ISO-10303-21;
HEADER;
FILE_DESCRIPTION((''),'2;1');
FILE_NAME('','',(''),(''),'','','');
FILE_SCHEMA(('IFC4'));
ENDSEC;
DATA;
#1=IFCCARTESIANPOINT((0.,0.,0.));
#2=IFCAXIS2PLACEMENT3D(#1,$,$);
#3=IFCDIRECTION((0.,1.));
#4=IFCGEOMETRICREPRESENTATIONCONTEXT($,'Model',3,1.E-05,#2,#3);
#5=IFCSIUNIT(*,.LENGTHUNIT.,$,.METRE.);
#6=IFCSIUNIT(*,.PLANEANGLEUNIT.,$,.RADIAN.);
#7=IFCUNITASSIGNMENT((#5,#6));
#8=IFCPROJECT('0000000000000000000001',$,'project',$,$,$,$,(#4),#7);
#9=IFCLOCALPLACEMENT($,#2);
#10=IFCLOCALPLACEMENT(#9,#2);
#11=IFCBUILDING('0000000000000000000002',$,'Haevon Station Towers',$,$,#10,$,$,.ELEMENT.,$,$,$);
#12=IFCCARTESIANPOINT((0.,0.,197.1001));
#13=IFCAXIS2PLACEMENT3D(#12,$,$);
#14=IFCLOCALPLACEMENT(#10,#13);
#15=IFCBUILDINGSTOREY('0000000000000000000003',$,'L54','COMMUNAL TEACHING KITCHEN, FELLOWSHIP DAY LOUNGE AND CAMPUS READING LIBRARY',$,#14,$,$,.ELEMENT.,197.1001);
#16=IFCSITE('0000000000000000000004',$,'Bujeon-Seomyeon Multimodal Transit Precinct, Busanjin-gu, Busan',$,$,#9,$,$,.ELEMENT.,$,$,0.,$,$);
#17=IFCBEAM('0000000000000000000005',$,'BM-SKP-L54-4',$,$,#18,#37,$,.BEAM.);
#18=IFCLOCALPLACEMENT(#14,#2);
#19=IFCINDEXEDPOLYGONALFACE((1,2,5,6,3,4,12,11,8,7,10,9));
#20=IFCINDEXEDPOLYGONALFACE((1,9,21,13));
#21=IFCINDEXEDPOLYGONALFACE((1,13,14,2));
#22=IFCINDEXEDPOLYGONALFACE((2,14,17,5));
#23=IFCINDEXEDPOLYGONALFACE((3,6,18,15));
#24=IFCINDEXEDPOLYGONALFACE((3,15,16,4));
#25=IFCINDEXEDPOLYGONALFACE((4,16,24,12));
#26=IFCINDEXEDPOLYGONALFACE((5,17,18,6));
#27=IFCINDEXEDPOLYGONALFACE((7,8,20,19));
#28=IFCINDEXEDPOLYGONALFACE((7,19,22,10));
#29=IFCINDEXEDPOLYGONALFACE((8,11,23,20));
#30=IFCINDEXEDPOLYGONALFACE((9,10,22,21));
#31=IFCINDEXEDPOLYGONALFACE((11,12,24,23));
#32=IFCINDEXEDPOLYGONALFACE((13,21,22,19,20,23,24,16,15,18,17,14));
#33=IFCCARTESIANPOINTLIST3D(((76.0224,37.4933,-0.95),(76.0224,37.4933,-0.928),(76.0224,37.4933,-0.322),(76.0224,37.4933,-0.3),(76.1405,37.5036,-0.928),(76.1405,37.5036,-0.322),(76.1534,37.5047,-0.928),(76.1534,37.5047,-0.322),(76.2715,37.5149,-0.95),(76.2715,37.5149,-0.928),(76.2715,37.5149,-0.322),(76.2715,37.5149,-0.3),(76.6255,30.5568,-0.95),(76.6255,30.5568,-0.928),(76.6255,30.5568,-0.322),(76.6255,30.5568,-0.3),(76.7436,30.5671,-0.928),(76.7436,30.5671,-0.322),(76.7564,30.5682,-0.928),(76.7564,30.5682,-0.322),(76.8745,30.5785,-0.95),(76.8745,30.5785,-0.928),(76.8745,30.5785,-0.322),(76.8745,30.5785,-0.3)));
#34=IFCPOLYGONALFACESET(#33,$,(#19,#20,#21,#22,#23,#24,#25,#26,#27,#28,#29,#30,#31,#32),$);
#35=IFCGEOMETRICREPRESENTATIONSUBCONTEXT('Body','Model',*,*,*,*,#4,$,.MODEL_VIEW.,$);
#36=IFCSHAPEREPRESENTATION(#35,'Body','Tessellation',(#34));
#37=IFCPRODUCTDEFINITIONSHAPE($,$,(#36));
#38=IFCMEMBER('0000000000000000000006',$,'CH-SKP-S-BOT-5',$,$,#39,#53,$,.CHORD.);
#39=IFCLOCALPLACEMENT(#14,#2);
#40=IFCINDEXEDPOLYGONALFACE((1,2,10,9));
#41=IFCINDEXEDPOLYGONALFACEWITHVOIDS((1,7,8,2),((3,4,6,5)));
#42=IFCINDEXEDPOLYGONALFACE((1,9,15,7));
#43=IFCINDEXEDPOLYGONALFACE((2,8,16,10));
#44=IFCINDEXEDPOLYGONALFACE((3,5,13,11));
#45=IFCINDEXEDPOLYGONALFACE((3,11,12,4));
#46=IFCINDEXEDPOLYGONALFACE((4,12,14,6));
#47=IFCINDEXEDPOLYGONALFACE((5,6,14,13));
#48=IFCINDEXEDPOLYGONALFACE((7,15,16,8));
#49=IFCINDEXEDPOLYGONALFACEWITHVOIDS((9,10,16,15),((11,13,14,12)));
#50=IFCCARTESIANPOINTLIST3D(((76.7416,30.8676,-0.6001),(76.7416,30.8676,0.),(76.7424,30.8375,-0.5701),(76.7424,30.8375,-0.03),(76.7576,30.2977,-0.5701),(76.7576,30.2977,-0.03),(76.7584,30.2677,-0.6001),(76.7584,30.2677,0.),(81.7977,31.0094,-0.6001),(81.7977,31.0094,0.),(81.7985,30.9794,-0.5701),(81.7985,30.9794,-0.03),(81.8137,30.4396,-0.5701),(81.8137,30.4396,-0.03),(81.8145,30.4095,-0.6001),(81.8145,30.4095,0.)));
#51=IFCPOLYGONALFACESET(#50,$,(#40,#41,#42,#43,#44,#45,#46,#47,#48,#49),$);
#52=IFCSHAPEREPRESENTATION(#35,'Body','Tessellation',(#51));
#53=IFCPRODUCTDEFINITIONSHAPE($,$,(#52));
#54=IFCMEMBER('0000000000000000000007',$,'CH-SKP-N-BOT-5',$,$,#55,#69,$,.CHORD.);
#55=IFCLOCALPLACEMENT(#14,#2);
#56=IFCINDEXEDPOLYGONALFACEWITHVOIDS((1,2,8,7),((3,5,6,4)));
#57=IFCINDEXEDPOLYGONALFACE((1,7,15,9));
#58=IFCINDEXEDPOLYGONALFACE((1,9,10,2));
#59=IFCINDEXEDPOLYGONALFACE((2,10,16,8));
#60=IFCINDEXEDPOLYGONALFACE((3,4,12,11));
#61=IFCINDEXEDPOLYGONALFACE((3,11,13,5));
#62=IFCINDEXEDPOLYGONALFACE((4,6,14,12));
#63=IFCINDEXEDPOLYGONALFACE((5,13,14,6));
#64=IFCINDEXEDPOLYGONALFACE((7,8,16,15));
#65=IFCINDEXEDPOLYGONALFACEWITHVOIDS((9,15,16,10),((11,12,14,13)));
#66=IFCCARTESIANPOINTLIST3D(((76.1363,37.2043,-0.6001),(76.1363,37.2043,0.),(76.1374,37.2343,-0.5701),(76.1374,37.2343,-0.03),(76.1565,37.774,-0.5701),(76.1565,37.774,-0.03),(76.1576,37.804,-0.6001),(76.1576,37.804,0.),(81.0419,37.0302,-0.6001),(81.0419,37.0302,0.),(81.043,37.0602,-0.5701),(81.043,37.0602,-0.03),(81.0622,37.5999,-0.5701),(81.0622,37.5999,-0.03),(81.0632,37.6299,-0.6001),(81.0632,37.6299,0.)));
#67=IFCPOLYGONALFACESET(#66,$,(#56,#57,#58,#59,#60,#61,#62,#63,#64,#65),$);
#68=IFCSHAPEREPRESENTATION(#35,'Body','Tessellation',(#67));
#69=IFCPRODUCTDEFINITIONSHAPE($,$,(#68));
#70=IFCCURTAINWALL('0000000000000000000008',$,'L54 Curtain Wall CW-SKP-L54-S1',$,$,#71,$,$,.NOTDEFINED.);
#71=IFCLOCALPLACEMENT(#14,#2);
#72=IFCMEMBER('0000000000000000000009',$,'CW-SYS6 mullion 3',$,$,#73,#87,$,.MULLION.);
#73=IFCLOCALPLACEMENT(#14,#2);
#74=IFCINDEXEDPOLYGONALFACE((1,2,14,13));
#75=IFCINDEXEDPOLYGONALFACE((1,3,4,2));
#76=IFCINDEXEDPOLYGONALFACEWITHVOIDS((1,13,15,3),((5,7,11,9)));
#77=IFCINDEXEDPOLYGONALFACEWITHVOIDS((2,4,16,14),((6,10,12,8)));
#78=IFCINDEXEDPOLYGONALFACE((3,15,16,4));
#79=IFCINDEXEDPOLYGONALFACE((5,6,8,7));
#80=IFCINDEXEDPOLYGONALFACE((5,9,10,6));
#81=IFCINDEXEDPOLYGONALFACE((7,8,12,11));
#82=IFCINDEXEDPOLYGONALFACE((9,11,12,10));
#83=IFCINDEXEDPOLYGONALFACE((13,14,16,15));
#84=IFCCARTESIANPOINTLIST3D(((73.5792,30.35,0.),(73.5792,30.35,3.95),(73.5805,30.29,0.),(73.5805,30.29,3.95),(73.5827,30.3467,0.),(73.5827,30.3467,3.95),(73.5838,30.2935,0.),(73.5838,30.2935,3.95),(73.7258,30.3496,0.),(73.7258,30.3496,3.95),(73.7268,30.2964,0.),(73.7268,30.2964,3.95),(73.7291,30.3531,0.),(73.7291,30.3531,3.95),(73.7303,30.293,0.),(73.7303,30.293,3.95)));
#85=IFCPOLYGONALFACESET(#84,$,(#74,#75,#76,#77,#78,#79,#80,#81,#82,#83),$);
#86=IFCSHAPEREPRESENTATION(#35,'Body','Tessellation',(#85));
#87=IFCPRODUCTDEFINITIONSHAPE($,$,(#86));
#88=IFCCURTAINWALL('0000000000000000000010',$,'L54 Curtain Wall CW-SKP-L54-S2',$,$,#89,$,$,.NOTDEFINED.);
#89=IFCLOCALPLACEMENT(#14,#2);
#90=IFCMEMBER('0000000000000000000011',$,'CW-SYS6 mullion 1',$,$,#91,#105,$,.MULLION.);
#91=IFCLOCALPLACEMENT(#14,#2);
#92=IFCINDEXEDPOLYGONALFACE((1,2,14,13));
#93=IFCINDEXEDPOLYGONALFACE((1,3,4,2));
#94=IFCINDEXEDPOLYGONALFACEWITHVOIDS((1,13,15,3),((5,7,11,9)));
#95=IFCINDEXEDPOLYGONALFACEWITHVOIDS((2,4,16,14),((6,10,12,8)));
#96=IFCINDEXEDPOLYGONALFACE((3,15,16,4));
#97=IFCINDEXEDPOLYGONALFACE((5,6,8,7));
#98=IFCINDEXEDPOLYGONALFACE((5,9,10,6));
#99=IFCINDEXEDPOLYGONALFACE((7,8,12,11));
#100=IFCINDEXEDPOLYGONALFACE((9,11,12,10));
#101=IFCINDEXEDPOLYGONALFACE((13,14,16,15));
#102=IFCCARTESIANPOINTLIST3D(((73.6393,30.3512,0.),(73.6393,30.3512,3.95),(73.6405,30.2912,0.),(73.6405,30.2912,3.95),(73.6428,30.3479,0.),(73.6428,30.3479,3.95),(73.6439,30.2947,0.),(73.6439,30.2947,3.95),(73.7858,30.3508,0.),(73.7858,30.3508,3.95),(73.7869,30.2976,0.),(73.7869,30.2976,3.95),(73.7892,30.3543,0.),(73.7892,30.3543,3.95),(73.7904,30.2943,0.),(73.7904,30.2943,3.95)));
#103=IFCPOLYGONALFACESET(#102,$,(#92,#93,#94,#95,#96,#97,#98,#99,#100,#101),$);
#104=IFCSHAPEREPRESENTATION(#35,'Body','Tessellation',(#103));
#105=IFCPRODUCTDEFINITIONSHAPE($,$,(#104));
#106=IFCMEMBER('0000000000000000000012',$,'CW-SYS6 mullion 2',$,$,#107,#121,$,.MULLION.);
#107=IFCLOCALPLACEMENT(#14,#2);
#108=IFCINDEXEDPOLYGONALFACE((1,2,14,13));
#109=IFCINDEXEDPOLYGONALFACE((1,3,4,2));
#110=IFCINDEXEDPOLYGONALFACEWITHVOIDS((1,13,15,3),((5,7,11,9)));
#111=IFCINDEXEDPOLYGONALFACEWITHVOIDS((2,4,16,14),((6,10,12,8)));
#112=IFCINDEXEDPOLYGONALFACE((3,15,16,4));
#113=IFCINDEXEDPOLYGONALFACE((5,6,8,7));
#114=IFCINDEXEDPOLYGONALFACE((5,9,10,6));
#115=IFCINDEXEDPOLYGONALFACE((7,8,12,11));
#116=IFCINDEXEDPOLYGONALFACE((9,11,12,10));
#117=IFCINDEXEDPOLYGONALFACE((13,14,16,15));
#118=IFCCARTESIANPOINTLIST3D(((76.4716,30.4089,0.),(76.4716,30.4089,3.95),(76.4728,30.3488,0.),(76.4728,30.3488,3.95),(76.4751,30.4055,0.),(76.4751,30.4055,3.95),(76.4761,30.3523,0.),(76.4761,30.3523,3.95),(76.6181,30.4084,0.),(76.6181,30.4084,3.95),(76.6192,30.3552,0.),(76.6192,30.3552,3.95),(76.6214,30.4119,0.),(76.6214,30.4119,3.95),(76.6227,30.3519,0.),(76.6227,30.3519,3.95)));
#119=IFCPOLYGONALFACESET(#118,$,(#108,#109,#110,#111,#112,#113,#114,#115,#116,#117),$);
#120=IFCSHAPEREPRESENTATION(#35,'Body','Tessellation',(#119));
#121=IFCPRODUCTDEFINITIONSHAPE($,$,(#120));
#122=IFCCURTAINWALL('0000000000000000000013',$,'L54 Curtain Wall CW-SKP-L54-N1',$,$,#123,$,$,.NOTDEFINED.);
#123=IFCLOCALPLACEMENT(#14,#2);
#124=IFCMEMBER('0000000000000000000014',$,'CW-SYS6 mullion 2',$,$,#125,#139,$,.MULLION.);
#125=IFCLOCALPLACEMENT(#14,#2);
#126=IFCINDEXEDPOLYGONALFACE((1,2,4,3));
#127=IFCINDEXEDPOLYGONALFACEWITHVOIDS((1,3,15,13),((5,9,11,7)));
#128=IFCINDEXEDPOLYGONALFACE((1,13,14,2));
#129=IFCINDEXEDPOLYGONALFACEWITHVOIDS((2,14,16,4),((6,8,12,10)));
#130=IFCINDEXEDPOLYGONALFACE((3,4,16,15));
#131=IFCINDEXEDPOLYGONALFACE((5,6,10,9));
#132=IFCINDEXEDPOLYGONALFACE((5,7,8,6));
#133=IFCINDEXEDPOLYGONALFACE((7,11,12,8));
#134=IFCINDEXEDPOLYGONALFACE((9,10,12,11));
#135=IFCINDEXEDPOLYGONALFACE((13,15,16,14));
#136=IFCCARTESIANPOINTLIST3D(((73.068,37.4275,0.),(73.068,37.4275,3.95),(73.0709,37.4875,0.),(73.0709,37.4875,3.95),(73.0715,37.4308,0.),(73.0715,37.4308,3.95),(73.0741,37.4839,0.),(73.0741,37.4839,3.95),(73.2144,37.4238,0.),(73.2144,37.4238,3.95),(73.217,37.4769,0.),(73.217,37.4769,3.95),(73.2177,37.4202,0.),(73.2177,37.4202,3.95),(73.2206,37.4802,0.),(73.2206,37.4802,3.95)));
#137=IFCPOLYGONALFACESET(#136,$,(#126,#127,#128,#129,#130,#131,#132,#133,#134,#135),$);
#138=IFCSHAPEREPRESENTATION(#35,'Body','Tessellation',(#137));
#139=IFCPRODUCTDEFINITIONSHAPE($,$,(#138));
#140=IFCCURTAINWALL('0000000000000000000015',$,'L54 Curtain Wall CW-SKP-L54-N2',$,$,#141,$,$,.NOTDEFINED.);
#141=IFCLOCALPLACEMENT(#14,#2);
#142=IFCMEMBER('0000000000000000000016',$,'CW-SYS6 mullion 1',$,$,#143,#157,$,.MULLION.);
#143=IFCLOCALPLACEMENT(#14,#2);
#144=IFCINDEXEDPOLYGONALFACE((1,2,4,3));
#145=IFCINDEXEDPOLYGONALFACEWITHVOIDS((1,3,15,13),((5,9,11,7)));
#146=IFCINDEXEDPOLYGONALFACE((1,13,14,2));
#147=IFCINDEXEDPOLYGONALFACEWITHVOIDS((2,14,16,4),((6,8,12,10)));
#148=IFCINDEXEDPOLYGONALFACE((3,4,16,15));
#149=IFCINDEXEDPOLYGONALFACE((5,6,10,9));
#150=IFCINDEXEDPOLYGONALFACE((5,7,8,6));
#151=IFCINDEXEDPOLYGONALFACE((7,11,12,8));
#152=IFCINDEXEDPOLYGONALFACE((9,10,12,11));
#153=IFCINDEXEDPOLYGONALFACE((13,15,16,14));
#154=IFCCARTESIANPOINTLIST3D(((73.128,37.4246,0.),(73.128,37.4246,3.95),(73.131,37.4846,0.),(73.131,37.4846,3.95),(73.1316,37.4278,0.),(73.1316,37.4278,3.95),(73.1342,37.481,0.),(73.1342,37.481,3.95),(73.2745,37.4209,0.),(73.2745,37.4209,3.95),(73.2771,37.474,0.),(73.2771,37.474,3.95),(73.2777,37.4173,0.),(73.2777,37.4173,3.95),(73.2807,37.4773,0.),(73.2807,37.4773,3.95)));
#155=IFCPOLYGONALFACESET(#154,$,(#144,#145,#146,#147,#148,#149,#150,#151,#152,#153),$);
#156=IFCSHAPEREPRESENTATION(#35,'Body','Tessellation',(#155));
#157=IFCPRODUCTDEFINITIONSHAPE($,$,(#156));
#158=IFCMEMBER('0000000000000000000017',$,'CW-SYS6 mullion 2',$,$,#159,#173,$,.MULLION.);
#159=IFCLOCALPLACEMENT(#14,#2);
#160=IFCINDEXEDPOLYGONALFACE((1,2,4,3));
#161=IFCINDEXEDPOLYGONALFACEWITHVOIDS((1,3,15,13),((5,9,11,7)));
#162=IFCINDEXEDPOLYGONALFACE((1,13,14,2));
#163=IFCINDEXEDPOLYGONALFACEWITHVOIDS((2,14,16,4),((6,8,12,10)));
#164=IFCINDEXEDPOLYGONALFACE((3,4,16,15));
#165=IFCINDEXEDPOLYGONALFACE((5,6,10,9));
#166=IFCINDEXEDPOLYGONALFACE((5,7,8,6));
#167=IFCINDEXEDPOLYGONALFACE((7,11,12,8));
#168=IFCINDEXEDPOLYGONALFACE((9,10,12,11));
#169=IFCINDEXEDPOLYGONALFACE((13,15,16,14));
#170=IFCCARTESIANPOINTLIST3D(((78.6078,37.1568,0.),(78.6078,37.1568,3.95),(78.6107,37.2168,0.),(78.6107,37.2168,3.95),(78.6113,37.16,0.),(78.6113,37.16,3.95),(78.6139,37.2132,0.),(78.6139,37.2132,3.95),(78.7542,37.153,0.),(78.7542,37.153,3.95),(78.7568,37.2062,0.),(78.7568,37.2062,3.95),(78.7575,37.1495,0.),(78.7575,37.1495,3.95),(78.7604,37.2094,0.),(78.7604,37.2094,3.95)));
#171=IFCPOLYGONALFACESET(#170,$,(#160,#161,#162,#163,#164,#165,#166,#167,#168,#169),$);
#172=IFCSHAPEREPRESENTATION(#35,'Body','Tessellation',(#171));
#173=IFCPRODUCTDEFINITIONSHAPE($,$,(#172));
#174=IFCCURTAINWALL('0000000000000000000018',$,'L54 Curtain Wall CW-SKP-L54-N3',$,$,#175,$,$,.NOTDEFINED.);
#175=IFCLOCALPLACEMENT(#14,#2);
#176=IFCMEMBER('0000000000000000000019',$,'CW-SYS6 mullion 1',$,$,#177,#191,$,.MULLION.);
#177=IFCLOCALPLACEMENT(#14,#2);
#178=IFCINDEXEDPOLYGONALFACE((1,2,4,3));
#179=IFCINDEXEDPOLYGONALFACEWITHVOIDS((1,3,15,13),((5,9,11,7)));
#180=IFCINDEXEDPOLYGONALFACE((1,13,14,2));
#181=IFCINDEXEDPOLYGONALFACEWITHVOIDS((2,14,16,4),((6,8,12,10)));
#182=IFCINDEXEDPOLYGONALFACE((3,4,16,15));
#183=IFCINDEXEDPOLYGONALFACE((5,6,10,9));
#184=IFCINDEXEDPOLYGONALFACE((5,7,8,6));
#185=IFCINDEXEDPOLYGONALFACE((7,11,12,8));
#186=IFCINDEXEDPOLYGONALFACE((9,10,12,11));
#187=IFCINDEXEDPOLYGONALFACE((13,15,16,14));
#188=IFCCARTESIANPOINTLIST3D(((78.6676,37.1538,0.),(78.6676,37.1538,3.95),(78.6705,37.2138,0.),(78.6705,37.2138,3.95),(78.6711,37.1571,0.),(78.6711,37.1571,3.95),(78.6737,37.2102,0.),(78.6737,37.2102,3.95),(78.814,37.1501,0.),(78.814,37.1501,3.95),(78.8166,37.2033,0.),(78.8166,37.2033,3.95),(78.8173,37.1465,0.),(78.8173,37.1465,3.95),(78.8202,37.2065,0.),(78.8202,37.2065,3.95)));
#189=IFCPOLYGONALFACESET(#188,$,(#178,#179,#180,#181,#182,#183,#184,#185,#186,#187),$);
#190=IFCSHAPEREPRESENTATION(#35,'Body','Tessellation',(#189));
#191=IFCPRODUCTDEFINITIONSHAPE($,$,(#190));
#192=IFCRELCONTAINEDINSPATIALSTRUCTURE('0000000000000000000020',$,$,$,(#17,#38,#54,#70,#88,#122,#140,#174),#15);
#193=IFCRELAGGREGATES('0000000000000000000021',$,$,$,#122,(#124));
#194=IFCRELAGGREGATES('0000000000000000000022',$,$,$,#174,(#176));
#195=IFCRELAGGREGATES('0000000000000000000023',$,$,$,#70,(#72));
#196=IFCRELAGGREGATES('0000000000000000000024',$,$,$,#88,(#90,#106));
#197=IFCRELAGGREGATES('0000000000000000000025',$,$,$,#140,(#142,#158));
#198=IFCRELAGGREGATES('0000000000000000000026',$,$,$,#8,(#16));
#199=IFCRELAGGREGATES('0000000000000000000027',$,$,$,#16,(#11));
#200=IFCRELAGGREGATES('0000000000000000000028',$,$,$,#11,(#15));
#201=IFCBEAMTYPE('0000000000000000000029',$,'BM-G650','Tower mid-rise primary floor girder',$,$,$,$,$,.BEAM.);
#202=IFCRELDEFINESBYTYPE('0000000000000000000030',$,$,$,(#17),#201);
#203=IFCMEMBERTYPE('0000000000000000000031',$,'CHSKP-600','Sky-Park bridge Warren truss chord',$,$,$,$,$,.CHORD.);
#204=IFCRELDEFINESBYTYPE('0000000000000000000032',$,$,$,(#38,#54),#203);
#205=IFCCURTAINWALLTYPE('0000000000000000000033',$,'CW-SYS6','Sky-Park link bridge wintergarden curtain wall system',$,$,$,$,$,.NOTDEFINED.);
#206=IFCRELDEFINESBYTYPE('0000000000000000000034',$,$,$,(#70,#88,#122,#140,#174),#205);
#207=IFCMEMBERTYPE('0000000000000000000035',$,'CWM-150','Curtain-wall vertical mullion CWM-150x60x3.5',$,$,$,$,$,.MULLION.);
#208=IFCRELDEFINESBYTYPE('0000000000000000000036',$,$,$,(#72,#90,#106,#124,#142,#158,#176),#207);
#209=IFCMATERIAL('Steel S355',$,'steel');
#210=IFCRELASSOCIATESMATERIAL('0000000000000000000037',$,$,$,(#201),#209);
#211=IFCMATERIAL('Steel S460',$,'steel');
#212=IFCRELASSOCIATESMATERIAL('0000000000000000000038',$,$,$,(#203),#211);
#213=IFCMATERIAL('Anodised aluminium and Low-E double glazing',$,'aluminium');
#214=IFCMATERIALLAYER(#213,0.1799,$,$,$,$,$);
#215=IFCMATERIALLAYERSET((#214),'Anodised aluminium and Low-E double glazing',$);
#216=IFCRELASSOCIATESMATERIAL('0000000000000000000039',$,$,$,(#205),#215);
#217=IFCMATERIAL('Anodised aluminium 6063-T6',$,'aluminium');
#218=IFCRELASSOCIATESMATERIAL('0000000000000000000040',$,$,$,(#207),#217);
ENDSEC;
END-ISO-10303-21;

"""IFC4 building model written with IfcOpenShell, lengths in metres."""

from ifc_helpers import new_model, si_unit, direction, frame, origin, origin_2d, place, context, subcontext, project, spatial, hollow_rectangle, i_section, extrude, material, layer, layer_set, material_profile, profile_set, type_object, element, aggregate, save


model = new_model("IFC4")

# Units and contexts
model_context = context("Model", 3, precision=1e-05, world=origin(), true_north=direction((0.0, 1.0)))
body_context = subcontext(model_context, "Body", "Model", "MODEL_VIEW")
ifc_project = project(units=[si_unit("LENGTHUNIT", "METRE"), si_unit("PLANEANGLEUNIT", "RADIAN")], contexts=[model_context])

# Site, building, storey
site_placement = place(None, origin())
site = spatial("IfcSite", under=ifc_project, at=site_placement, Name="Bujeon-Seomyeon Multimodal Transit Precinct, Busanjin-gu, Busan", CompositionType="ELEMENT", RefElevation=0.0)
building_placement = place(site_placement, origin())
building = spatial("IfcBuilding", under=site, at=building_placement, Name="Haevon Station Towers", CompositionType="ELEMENT")
storey_placement = place(building_placement, frame((0.0, 0.0, 197.1001)))
storey = spatial("IfcBuildingStorey", under=building, at=storey_placement, Name="L54", Description="COMMUNAL TEACHING KITCHEN, FELLOWSHIP DAY LOUNGE AND CAMPUS READING LIBRARY", CompositionType="ELEMENT", Elevation=197.1001)

# Beam
ifc_material_1 = material(Name="Steel S355", Category="steel")
ifc_material_profile_1 = material_profile(ifc_material_1, i_section(OverallWidth=0.25, OverallDepth=0.6499, WebThickness=0.0129, FlangeThickness=0.022, at=origin_2d()), Name="H-650x250x13x22")
ifc_profile_set_1 = profile_set([ifc_material_profile_1], Name="Steel S355")
beam_type = type_object("IfcBeamType", Name="BM-G650", Description="Tower mid-rise primary floor girder", PredefinedType="BEAM", material=ifc_profile_set_1)
beam_placement = place(storey_placement, frame((76.75, 30.5676, -0.625), z_axis=(-0.086608, 0.996242, 0.0), x_axis=(-0.996242, -0.086608, 0.0)))
element("IfcBeam", 1, at=beam_placement, inside=storey, type_object=beam_type, Name="BM-SKP-L54-4", PredefinedType="BEAM", context=body_context, shape_type="SweptSolid", body=[
    extrude(i_section(OverallWidth=0.25, OverallDepth=0.6499, WebThickness=0.0129, FlangeThickness=0.022, at=origin_2d()), origin(), (0.0, 0.0, 1.0), 6.9626),
])

# Members
ifc_material_2 = material(Name="Steel S460", Category="steel")
ifc_material_profile_2 = material_profile(ifc_material_2, hollow_rectangle(XDim=0.6001, YDim=0.6001, WallThickness=0.03, at=origin_2d()), Name="RHS-600x600x30")
ifc_profile_set_2 = profile_set([ifc_material_profile_2], Name="Steel S460")
member_type_1 = type_object("IfcMemberType", Name="CHSKP-600", Description="Sky-Park bridge Warren truss chord", PredefinedType="CHORD", material=ifc_profile_set_2)
member_1_placement = place(storey_placement, frame((76.75, 30.5676, -0.3), z_axis=(0.999607, 0.028043, 0.0), x_axis=(-0.028043, 0.999607, 0.0)))
element("IfcMember", 2, at=member_1_placement, inside=storey, type_object=member_type_1, Name="CH-SKP-S-BOT-5", PredefinedType="CHORD", context=body_context, shape_type="SweptSolid", body=[
    extrude(hollow_rectangle(XDim=0.6001, YDim=0.6001, WallThickness=0.03, at=origin_2d()), origin(), (0.0, 0.0, 1.0), 5.0581),
])
member_2_placement = place(storey_placement, frame((76.147, 37.5042, -0.3), z_axis=(0.999371, -0.035463, 0.0), x_axis=(0.035463, 0.999371, 0.0)))
element("IfcMember", 3, at=member_2_placement, inside=storey, type_object=member_type_1, Name="CH-SKP-N-BOT-5", PredefinedType="CHORD", context=body_context, shape_type="SweptSolid", body=[
    extrude(hollow_rectangle(XDim=0.6001, YDim=0.6001, WallThickness=0.03, at=origin_2d()), origin(), (0.0, 0.0, 1.0), 4.9087),
])

# Curtain wall, member
ifc_material_3 = material(Name="Anodised aluminium and Low-E double glazing", Category="aluminium")
ifc_layer_1 = layer(ifc_material_3, 0.1799)
ifc_layer_set_1 = layer_set([ifc_layer_1], Name="Anodised aluminium and Low-E double glazing")
curtain_wall_type = type_object("IfcCurtainWallType", Name="CW-SYS6", Description="Sky-Park link bridge wintergarden curtain wall system", PredefinedType="NOTDEFINED", material=ifc_layer_set_1)
curtain_wall_1_placement = place(storey_placement, origin())
curtain_wall_1 = element("IfcCurtainWall", 4, at=curtain_wall_1_placement, inside=storey, type_object=curtain_wall_type, Name="L54 Curtain Wall CW-SKP-L54-S1", PredefinedType="NOTDEFINED")
ifc_material_4 = material(Name="Anodised aluminium 6063-T6", Category="aluminium")
ifc_material_profile_3 = material_profile(ifc_material_4, hollow_rectangle(XDim=0.0601, YDim=0.1499, WallThickness=0.0034, at=origin_2d()), Name="CWM-150x60x3.5")
ifc_profile_set_3 = profile_set([ifc_material_profile_3], Name="Anodised aluminium 6063-T6")
member_type_2 = type_object("IfcMemberType", Name="CWM-150", Description="Curtain-wall vertical mullion CWM-150x60x3.5", PredefinedType="MULLION", material=ifc_profile_set_3)
member_3_placement = place(storey_placement, frame((73.6548, 30.3215, 0.0), z_axis=(0.0, 0.0, 1.0), x_axis=(-0.020374, 0.999792, 0.0)))
member_3 = element("IfcMember", 5, at=member_3_placement, type_object=member_type_2, Name="CW-SYS6 mullion 3", PredefinedType="MULLION", context=body_context, shape_type="SweptSolid", body=[
    extrude(hollow_rectangle(XDim=0.0601, YDim=0.1499, WallThickness=0.0034, at=origin_2d()), origin(), (0.0, 0.0, 1.0), 3.95),
])

# Curtain wall, members
curtain_wall_2_placement = place(storey_placement, origin())
curtain_wall_2 = element("IfcCurtainWall", 6, at=curtain_wall_2_placement, inside=storey, type_object=curtain_wall_type, Name="L54 Curtain Wall CW-SKP-L54-S2", PredefinedType="NOTDEFINED")
member_4_placement = place(storey_placement, frame((73.7148, 30.3228, 0.0), z_axis=(0.0, 0.0, 1.0), x_axis=(-0.020373, 0.999792, 0.0)))
member_4 = element("IfcMember", 7, at=member_4_placement, type_object=member_type_2, Name="CW-SYS6 mullion 1", PredefinedType="MULLION", context=body_context, shape_type="SweptSolid", body=[
    extrude(hollow_rectangle(XDim=0.0601, YDim=0.1499, WallThickness=0.0034, at=origin_2d()), origin(), (0.0, 0.0, 1.0), 3.95),
])
member_5_placement = place(storey_placement, frame((76.5471, 30.3804, 0.0), z_axis=(0.0, 0.0, 1.0), x_axis=(-0.020373, 0.999792, 0.0)))
member_5 = element("IfcMember", 8, at=member_5_placement, type_object=member_type_2, Name="CW-SYS6 mullion 2", PredefinedType="MULLION", context=body_context, shape_type="SweptSolid", body=[
    extrude(hollow_rectangle(XDim=0.0601, YDim=0.1499, WallThickness=0.0034, at=origin_2d()), origin(), (0.0, 0.0, 1.0), 3.95),
])

# Curtain wall, member
curtain_wall_3_placement = place(storey_placement, origin())
curtain_wall_3 = element("IfcCurtainWall", 9, at=curtain_wall_3_placement, inside=storey, type_object=curtain_wall_type, Name="L54 Curtain Wall CW-SKP-L54-N1", PredefinedType="NOTDEFINED")
member_6_placement = place(storey_placement, frame((73.1443, 37.4539, 0.0), z_axis=(0.0, 0.0, 1.0), x_axis=(0.048822, 0.998807, 0.0)))
member_6 = element("IfcMember", 10, at=member_6_placement, type_object=member_type_2, Name="CW-SYS6 mullion 2", PredefinedType="MULLION", context=body_context, shape_type="SweptSolid", body=[
    extrude(hollow_rectangle(XDim=0.0601, YDim=0.1499, WallThickness=0.0034, at=origin_2d()), origin(), (0.0, 0.0, 1.0), 3.95),
])
aggregate(curtain_wall_3, [member_6])

# Curtain wall, members
curtain_wall_4_placement = place(storey_placement, origin())
curtain_wall_4 = element("IfcCurtainWall", 11, at=curtain_wall_4_placement, inside=storey, type_object=curtain_wall_type, Name="L54 Curtain Wall CW-SKP-L54-N2", PredefinedType="NOTDEFINED")
member_7_placement = place(storey_placement, frame((73.2043, 37.4509, 0.0), z_axis=(0.0, 0.0, 1.0), x_axis=(0.048822, 0.998807, 0.0)))
member_7 = element("IfcMember", 12, at=member_7_placement, type_object=member_type_2, Name="CW-SYS6 mullion 1", PredefinedType="MULLION", context=body_context, shape_type="SweptSolid", body=[
    extrude(hollow_rectangle(XDim=0.0601, YDim=0.1499, WallThickness=0.0034, at=origin_2d()), origin(), (0.0, 0.0, 1.0), 3.95),
])
member_8_placement = place(storey_placement, frame((78.6841, 37.1831, 0.0), z_axis=(0.0, 0.0, 1.0), x_axis=(0.048822, 0.998807, 0.0)))
member_8 = element("IfcMember", 13, at=member_8_placement, type_object=member_type_2, Name="CW-SYS6 mullion 2", PredefinedType="MULLION", context=body_context, shape_type="SweptSolid", body=[
    extrude(hollow_rectangle(XDim=0.0601, YDim=0.1499, WallThickness=0.0034, at=origin_2d()), origin(), (0.0, 0.0, 1.0), 3.95),
])

# Curtain wall, member
curtain_wall_5_placement = place(storey_placement, origin())
curtain_wall_5 = element("IfcCurtainWall", 14, at=curtain_wall_5_placement, inside=storey, type_object=curtain_wall_type, Name="L54 Curtain Wall CW-SKP-L54-N3", PredefinedType="NOTDEFINED")
member_9_placement = place(storey_placement, frame((78.7439, 37.1802, 0.0), z_axis=(0.0, 0.0, 1.0), x_axis=(0.048822, 0.998807, 0.0)))
member_9 = element("IfcMember", 15, at=member_9_placement, type_object=member_type_2, Name="CW-SYS6 mullion 1", PredefinedType="MULLION", context=body_context, shape_type="SweptSolid", body=[
    extrude(hollow_rectangle(XDim=0.0601, YDim=0.1499, WallThickness=0.0034, at=origin_2d()), origin(), (0.0, 0.0, 1.0), 3.95),
])

aggregate(curtain_wall_5, [member_9])

aggregate(curtain_wall_1, [member_3])
aggregate(curtain_wall_2, [member_4, member_5])
aggregate(curtain_wall_4, [member_7, member_8])

save(model, "model.ifc")
